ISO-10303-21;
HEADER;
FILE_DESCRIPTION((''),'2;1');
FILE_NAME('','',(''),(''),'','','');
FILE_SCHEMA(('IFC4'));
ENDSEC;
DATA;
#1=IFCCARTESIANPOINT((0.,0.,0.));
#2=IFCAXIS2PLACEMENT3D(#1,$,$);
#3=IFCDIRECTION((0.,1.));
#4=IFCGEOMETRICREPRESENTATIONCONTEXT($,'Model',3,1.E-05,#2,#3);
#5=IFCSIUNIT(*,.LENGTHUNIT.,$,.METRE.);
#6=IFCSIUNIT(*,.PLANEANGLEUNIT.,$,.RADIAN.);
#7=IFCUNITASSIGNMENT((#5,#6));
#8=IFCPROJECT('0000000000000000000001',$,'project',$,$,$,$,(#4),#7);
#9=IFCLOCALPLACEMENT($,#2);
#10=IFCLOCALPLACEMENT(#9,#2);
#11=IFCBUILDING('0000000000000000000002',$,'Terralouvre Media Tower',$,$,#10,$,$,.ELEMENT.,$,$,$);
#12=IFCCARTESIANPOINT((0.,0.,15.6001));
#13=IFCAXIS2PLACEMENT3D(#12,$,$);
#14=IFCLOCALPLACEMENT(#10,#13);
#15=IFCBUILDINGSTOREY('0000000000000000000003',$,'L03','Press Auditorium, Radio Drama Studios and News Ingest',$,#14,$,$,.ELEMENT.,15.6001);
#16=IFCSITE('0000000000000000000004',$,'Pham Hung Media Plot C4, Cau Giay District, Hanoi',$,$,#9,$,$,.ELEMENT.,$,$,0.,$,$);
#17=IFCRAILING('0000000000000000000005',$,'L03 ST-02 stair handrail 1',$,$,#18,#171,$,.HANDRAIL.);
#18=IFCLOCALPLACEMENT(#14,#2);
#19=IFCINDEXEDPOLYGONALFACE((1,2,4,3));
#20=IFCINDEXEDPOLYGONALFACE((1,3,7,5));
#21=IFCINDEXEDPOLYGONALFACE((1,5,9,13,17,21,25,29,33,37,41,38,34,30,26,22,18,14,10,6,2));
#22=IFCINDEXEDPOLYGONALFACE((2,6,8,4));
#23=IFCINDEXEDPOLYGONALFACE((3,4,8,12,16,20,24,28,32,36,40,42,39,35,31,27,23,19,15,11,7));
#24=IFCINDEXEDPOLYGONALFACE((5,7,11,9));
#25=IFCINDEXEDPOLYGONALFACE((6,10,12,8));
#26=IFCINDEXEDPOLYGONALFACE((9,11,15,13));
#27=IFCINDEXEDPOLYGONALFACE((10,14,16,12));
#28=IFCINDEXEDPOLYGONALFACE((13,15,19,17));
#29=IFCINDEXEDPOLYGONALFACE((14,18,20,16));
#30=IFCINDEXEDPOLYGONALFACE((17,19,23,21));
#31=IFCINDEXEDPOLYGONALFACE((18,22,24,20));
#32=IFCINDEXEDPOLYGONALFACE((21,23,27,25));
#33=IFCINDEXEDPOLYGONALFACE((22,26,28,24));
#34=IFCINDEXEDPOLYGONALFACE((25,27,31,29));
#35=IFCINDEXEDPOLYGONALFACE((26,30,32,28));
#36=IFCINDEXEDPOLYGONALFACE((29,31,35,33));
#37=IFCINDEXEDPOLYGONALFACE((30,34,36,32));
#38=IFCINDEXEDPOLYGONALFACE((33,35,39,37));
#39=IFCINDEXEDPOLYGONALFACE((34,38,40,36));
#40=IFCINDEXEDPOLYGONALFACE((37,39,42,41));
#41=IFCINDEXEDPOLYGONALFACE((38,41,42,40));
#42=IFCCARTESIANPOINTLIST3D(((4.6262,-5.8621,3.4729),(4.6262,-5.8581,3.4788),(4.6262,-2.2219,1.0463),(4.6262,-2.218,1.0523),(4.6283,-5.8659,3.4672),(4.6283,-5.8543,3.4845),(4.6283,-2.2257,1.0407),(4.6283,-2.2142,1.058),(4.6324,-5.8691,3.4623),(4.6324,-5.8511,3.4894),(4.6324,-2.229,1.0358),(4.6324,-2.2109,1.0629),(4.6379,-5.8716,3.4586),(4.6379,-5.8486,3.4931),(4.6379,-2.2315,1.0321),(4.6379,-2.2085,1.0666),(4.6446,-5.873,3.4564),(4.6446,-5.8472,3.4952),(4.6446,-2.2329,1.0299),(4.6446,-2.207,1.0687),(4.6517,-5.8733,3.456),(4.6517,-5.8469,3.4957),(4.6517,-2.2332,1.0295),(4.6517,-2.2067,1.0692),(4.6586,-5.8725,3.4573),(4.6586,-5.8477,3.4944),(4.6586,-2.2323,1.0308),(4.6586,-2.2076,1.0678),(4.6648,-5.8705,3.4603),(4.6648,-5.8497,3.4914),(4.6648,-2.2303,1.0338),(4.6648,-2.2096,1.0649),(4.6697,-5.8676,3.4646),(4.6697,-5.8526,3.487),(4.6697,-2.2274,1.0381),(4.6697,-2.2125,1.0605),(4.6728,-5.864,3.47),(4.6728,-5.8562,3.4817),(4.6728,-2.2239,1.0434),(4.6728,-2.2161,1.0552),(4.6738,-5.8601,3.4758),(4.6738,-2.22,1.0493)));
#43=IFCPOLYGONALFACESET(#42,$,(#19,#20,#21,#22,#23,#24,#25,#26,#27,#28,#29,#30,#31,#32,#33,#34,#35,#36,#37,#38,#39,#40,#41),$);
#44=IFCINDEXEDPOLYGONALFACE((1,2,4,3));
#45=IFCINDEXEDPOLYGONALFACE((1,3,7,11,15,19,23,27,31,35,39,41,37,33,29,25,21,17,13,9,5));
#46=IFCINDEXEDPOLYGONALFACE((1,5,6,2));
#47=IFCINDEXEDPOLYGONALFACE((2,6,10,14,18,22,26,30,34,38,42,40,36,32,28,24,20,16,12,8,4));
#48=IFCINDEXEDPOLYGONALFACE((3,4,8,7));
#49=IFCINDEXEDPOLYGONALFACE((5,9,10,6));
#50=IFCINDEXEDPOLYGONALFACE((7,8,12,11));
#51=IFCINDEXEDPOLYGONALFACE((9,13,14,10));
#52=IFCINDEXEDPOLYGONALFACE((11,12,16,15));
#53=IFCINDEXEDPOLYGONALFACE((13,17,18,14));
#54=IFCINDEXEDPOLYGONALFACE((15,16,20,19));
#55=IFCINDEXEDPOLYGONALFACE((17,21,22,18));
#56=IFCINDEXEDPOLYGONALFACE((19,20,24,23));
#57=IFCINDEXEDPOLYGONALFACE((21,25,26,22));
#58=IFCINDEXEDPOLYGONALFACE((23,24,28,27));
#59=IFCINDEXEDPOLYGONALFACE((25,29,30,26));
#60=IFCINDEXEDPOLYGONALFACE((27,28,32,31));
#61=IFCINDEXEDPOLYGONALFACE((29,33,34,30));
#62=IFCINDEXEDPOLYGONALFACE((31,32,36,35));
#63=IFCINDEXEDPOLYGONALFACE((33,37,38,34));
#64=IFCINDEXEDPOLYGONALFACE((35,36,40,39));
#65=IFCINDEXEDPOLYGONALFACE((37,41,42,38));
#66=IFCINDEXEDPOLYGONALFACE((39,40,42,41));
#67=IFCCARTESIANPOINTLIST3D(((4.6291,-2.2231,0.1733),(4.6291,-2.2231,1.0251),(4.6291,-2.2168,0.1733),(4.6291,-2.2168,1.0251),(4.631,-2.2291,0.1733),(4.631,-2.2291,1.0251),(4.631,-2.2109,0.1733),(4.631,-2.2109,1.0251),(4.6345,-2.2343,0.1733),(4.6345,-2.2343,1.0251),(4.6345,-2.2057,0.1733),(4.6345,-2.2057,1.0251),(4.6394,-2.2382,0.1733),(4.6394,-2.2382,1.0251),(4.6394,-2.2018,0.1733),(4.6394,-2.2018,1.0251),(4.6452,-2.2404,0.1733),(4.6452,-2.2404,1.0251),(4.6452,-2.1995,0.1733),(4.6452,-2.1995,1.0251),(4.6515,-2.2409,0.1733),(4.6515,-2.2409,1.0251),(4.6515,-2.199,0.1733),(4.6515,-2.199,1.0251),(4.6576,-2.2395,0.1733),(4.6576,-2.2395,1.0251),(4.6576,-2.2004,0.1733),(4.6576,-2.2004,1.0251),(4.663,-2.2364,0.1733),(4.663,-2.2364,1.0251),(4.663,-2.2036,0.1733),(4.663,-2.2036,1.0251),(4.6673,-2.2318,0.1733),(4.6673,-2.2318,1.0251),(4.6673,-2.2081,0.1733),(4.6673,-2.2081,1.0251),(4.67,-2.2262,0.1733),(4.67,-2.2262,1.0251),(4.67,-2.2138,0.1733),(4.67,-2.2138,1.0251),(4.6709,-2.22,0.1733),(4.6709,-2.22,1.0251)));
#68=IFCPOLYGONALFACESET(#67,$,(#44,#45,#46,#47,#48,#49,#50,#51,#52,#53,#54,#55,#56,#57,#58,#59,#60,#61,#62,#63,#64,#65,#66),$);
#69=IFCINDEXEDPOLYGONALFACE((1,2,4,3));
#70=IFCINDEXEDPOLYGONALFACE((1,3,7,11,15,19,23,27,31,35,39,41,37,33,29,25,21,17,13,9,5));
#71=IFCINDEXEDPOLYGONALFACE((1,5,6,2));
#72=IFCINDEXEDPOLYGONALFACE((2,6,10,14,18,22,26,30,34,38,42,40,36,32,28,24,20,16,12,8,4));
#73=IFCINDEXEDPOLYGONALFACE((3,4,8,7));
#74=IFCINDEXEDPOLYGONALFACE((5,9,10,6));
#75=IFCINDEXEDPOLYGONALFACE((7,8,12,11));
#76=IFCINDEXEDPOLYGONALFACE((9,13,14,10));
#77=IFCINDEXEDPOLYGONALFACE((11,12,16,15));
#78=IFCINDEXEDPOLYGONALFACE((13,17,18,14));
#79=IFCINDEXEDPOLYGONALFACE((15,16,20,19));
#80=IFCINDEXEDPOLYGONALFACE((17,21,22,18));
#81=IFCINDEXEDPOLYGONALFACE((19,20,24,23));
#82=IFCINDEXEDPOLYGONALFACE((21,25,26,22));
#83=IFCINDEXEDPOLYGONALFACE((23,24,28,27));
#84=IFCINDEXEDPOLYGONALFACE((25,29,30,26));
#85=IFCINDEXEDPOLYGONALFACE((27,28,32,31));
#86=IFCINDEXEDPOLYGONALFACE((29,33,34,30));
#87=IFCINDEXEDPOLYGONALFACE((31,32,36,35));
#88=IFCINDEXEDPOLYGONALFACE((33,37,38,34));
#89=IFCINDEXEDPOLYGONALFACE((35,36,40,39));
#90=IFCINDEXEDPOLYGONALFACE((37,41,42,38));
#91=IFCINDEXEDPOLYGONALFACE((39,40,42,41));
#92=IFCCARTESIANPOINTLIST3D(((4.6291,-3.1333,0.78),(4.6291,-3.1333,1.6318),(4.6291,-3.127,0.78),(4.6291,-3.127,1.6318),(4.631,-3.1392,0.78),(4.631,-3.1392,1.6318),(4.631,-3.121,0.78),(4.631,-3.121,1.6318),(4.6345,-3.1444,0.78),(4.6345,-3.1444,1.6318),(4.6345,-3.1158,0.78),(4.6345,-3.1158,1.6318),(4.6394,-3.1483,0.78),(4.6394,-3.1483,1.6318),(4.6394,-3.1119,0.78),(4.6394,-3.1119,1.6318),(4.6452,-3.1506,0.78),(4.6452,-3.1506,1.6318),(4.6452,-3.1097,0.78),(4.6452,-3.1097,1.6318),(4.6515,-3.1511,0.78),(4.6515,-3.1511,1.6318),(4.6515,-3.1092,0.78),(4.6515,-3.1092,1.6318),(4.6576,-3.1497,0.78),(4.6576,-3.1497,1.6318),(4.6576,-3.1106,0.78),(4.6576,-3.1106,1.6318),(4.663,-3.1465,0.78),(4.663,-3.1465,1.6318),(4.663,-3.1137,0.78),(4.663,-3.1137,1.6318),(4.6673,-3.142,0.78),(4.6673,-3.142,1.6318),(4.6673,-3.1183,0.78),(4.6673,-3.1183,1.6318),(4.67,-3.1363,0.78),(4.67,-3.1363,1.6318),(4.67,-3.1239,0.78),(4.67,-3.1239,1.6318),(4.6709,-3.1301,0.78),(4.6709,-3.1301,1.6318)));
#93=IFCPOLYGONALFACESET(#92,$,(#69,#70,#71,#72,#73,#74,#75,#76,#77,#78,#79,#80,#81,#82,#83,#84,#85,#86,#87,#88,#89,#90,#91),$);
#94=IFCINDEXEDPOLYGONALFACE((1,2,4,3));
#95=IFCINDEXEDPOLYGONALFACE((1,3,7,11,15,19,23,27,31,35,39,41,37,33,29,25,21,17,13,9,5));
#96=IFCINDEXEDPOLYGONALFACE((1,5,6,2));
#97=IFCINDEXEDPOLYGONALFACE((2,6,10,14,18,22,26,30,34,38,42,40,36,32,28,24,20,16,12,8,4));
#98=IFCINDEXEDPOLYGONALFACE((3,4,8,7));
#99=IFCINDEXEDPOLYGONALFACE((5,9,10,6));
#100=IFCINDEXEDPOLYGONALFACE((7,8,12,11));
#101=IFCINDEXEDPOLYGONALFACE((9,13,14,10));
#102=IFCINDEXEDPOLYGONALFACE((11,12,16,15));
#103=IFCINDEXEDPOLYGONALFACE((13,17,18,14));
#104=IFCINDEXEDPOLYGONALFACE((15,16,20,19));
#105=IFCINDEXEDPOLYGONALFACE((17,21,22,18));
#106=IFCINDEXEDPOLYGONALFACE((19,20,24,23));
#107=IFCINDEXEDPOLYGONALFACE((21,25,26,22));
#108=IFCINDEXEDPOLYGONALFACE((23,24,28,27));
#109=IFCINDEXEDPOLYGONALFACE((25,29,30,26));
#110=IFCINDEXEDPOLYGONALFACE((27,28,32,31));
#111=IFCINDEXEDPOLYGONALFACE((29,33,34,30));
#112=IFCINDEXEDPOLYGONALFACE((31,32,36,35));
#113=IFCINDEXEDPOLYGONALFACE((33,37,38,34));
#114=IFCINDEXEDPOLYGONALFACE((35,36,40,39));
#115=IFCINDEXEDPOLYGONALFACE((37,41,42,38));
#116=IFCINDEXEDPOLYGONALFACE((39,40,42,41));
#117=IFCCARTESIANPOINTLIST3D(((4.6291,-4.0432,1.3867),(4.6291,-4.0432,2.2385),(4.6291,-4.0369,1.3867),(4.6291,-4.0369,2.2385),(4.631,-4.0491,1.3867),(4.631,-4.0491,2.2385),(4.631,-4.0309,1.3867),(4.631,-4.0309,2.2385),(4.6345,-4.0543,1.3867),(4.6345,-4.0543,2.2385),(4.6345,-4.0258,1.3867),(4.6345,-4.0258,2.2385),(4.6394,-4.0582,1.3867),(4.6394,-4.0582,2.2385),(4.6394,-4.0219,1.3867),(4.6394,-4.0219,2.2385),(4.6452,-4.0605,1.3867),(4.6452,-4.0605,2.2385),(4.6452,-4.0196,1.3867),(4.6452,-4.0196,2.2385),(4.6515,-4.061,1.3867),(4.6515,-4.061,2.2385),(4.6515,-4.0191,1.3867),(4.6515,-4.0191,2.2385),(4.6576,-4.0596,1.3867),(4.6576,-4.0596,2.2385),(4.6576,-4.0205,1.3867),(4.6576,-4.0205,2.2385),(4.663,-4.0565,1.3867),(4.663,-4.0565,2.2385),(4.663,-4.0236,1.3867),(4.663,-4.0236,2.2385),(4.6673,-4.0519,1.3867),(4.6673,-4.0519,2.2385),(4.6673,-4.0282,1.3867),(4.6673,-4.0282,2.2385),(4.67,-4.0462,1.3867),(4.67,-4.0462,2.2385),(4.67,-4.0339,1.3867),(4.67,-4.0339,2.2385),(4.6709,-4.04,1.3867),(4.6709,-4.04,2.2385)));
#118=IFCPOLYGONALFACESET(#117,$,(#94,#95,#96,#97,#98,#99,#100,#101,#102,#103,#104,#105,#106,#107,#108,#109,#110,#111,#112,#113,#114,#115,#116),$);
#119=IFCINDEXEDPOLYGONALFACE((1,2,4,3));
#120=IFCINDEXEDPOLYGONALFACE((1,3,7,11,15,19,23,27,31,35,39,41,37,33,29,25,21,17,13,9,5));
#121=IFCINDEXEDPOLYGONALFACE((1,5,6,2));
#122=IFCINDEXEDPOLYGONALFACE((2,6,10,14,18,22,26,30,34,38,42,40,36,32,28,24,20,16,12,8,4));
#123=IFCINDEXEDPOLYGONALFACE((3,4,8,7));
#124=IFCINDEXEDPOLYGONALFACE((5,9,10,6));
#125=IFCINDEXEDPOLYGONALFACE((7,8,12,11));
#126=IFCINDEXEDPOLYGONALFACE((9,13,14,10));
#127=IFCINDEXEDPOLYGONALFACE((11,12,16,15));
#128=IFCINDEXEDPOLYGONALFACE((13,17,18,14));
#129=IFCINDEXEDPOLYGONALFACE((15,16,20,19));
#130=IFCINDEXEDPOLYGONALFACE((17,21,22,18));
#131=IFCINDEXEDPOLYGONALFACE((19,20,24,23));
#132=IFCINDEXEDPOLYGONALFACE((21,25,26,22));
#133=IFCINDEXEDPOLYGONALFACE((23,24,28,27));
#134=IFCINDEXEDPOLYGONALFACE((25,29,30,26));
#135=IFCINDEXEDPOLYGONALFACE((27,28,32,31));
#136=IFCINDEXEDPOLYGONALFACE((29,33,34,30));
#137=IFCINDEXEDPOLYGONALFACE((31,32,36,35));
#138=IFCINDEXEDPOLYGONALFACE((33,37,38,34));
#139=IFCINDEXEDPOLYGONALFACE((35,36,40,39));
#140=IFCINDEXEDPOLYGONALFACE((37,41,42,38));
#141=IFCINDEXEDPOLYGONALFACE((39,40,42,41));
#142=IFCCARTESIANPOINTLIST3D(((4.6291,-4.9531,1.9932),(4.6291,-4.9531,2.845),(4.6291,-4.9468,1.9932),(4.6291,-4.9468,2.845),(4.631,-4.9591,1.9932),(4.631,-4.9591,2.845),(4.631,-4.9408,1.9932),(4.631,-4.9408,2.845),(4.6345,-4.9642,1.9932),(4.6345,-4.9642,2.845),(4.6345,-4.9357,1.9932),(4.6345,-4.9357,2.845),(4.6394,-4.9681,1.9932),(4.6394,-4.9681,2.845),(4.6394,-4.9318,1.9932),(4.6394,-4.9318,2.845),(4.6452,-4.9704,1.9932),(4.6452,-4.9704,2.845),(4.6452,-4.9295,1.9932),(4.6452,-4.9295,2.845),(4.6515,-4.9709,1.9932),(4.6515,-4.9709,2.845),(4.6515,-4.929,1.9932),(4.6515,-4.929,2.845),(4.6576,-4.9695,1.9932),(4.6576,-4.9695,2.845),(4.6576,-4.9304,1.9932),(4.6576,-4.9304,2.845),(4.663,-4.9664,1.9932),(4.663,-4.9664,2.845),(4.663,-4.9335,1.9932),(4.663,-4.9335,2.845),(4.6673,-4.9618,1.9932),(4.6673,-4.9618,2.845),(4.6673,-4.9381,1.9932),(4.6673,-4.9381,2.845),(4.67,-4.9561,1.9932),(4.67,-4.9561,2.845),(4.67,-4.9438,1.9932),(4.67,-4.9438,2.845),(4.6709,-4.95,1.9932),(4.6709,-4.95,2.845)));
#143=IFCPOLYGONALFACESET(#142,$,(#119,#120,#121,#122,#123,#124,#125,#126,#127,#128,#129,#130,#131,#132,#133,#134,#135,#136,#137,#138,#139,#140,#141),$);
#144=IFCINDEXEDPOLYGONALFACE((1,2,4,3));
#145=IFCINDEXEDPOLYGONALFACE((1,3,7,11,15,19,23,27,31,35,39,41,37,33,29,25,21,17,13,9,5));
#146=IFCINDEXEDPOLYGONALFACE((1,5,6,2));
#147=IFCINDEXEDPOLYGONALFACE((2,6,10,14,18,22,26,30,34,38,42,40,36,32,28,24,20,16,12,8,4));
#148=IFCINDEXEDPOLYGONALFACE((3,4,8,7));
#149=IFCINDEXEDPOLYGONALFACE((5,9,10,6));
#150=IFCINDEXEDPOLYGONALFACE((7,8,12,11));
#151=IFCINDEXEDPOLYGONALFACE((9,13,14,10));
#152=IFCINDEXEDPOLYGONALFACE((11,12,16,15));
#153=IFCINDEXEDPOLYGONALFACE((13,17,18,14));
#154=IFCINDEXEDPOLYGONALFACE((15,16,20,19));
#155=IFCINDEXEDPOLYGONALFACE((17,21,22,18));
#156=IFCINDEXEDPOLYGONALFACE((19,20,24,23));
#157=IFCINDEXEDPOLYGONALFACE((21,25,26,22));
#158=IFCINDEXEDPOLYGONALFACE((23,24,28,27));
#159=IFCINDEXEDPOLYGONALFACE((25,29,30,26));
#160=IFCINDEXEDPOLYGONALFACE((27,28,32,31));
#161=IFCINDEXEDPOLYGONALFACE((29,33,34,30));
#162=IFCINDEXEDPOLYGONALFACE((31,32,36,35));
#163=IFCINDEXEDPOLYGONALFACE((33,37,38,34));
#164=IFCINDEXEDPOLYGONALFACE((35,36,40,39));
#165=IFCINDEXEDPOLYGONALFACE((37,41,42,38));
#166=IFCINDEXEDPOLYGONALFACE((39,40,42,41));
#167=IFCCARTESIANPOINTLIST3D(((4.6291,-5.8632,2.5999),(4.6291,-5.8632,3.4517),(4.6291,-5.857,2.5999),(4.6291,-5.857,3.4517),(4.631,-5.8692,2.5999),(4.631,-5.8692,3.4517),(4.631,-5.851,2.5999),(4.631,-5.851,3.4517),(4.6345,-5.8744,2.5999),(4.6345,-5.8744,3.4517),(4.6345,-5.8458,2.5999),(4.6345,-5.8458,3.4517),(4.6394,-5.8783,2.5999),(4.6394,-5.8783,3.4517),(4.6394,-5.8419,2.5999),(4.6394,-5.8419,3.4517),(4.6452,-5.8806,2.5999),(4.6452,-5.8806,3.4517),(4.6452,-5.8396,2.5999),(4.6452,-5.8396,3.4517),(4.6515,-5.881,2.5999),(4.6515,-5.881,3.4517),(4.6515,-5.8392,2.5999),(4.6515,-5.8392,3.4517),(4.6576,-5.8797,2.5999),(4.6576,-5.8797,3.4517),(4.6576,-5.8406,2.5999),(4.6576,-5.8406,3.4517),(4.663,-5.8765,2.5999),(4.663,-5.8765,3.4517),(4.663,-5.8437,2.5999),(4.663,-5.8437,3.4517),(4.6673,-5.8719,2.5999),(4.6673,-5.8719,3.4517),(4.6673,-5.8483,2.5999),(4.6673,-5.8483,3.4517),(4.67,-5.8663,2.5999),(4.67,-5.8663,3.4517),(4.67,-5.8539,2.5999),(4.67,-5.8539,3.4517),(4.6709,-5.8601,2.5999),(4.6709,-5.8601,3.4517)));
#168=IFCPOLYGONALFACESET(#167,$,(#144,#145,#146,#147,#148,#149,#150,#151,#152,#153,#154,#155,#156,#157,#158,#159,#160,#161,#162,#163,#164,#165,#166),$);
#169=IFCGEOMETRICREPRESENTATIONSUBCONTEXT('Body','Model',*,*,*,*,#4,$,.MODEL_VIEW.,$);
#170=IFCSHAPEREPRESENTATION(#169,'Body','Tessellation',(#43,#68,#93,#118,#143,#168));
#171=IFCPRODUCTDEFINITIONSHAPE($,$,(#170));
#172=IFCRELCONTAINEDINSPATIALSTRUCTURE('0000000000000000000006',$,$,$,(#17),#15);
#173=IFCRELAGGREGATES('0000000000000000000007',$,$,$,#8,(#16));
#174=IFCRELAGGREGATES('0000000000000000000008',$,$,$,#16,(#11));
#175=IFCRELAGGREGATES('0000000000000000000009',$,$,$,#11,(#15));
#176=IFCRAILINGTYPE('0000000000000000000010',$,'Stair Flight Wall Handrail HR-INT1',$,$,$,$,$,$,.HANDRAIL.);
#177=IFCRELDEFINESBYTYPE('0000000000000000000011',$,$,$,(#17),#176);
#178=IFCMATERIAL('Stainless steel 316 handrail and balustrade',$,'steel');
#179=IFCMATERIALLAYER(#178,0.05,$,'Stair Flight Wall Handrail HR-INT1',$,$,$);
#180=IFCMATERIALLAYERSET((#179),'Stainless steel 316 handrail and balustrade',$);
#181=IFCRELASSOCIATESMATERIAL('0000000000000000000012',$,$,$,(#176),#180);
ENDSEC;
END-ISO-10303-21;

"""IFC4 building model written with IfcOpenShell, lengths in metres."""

from ifc_helpers import new_model, si_unit, direction, frame, origin, origin_2d, place, context, subcontext, project, spatial, circle, extrude, material, layer, layer_set, type_object, element, save


model = new_model("IFC4")

# Units and contexts
model_context = context("Model", 3, precision=1e-05, world=origin(), true_north=direction((0.0, 1.0)))
body_context = subcontext(model_context, "Body", "Model", "MODEL_VIEW")
ifc_project = project(units=[si_unit("LENGTHUNIT", "METRE"), si_unit("PLANEANGLEUNIT", "RADIAN")], contexts=[model_context])

# Site, building, storey
site_placement = place(None, origin())
site = spatial("IfcSite", under=ifc_project, at=site_placement, Name="Pham Hung Media Plot C4, Cau Giay District, Hanoi", CompositionType="ELEMENT", RefElevation=0.0)
building_placement = place(site_placement, origin())
building = spatial("IfcBuilding", under=site, at=building_placement, Name="Terralouvre Media Tower", CompositionType="ELEMENT")
storey_placement = place(building_placement, frame((0.0, 0.0, 15.6001)))
storey = spatial("IfcBuildingStorey", under=building, at=storey_placement, Name="L03", Description="Press Auditorium, Radio Drama Studios and News Ingest", CompositionType="ELEMENT", Elevation=15.6001)

# Railing
ifc_material_1 = material(Name="Stainless steel 316 handrail and balustrade", Category="steel")
ifc_layer_1 = layer(ifc_material_1, 0.05, Name="Stair Flight Wall Handrail HR-INT1")
ifc_layer_set_1 = layer_set([ifc_layer_1], Name="Stainless steel 316 handrail and balustrade")
railing_type_1 = type_object("IfcRailingType", Name="Stair Flight Wall Handrail HR-INT1", PredefinedType="HANDRAIL", material=ifc_layer_set_1)
railing_1_placement = place(storey_placement, frame((4.6499, -2.22, 0.1733)))
element("IfcRailing", 1, at=railing_1_placement, inside=storey, type_object=railing_type_1, Name="L03 ST-02 stair handrail 1", PredefinedType="HANDRAIL", context=body_context, shape_type="SweptSolid", body=[
    extrude(circle(Radius=0.0239, at=origin_2d()), frame((0.0, 0.0, 0.876), z_axis=(0.0, -0.832076, 0.554662), x_axis=(1.0, 0.0, 0.0)), (0.0, 0.0, 1.0), 4.3748),
    extrude(circle(Radius=0.021, at=origin_2d()), origin(), (0.0, 0.0, 1.0), 0.8518),
    extrude(circle(Radius=0.021, at=origin_2d()), frame((0.0, -0.9102, 0.6067)), (0.0, 0.0, 1.0), 0.8518),
    extrude(circle(Radius=0.021, at=origin_2d()), frame((0.0, -1.8201, 1.2134)), (0.0, 0.0, 1.0), 0.8518),
    extrude(circle(Radius=0.021, at=origin_2d()), frame((0.0, -2.73, 1.8198)), (0.0, 0.0, 1.0), 0.8518),
    extrude(circle(Radius=0.021, at=origin_2d()), frame((0.0, -3.6401, 2.4265)), (0.0, 0.0, 1.0), 0.8518),
])

save(model, "model.ifc")
